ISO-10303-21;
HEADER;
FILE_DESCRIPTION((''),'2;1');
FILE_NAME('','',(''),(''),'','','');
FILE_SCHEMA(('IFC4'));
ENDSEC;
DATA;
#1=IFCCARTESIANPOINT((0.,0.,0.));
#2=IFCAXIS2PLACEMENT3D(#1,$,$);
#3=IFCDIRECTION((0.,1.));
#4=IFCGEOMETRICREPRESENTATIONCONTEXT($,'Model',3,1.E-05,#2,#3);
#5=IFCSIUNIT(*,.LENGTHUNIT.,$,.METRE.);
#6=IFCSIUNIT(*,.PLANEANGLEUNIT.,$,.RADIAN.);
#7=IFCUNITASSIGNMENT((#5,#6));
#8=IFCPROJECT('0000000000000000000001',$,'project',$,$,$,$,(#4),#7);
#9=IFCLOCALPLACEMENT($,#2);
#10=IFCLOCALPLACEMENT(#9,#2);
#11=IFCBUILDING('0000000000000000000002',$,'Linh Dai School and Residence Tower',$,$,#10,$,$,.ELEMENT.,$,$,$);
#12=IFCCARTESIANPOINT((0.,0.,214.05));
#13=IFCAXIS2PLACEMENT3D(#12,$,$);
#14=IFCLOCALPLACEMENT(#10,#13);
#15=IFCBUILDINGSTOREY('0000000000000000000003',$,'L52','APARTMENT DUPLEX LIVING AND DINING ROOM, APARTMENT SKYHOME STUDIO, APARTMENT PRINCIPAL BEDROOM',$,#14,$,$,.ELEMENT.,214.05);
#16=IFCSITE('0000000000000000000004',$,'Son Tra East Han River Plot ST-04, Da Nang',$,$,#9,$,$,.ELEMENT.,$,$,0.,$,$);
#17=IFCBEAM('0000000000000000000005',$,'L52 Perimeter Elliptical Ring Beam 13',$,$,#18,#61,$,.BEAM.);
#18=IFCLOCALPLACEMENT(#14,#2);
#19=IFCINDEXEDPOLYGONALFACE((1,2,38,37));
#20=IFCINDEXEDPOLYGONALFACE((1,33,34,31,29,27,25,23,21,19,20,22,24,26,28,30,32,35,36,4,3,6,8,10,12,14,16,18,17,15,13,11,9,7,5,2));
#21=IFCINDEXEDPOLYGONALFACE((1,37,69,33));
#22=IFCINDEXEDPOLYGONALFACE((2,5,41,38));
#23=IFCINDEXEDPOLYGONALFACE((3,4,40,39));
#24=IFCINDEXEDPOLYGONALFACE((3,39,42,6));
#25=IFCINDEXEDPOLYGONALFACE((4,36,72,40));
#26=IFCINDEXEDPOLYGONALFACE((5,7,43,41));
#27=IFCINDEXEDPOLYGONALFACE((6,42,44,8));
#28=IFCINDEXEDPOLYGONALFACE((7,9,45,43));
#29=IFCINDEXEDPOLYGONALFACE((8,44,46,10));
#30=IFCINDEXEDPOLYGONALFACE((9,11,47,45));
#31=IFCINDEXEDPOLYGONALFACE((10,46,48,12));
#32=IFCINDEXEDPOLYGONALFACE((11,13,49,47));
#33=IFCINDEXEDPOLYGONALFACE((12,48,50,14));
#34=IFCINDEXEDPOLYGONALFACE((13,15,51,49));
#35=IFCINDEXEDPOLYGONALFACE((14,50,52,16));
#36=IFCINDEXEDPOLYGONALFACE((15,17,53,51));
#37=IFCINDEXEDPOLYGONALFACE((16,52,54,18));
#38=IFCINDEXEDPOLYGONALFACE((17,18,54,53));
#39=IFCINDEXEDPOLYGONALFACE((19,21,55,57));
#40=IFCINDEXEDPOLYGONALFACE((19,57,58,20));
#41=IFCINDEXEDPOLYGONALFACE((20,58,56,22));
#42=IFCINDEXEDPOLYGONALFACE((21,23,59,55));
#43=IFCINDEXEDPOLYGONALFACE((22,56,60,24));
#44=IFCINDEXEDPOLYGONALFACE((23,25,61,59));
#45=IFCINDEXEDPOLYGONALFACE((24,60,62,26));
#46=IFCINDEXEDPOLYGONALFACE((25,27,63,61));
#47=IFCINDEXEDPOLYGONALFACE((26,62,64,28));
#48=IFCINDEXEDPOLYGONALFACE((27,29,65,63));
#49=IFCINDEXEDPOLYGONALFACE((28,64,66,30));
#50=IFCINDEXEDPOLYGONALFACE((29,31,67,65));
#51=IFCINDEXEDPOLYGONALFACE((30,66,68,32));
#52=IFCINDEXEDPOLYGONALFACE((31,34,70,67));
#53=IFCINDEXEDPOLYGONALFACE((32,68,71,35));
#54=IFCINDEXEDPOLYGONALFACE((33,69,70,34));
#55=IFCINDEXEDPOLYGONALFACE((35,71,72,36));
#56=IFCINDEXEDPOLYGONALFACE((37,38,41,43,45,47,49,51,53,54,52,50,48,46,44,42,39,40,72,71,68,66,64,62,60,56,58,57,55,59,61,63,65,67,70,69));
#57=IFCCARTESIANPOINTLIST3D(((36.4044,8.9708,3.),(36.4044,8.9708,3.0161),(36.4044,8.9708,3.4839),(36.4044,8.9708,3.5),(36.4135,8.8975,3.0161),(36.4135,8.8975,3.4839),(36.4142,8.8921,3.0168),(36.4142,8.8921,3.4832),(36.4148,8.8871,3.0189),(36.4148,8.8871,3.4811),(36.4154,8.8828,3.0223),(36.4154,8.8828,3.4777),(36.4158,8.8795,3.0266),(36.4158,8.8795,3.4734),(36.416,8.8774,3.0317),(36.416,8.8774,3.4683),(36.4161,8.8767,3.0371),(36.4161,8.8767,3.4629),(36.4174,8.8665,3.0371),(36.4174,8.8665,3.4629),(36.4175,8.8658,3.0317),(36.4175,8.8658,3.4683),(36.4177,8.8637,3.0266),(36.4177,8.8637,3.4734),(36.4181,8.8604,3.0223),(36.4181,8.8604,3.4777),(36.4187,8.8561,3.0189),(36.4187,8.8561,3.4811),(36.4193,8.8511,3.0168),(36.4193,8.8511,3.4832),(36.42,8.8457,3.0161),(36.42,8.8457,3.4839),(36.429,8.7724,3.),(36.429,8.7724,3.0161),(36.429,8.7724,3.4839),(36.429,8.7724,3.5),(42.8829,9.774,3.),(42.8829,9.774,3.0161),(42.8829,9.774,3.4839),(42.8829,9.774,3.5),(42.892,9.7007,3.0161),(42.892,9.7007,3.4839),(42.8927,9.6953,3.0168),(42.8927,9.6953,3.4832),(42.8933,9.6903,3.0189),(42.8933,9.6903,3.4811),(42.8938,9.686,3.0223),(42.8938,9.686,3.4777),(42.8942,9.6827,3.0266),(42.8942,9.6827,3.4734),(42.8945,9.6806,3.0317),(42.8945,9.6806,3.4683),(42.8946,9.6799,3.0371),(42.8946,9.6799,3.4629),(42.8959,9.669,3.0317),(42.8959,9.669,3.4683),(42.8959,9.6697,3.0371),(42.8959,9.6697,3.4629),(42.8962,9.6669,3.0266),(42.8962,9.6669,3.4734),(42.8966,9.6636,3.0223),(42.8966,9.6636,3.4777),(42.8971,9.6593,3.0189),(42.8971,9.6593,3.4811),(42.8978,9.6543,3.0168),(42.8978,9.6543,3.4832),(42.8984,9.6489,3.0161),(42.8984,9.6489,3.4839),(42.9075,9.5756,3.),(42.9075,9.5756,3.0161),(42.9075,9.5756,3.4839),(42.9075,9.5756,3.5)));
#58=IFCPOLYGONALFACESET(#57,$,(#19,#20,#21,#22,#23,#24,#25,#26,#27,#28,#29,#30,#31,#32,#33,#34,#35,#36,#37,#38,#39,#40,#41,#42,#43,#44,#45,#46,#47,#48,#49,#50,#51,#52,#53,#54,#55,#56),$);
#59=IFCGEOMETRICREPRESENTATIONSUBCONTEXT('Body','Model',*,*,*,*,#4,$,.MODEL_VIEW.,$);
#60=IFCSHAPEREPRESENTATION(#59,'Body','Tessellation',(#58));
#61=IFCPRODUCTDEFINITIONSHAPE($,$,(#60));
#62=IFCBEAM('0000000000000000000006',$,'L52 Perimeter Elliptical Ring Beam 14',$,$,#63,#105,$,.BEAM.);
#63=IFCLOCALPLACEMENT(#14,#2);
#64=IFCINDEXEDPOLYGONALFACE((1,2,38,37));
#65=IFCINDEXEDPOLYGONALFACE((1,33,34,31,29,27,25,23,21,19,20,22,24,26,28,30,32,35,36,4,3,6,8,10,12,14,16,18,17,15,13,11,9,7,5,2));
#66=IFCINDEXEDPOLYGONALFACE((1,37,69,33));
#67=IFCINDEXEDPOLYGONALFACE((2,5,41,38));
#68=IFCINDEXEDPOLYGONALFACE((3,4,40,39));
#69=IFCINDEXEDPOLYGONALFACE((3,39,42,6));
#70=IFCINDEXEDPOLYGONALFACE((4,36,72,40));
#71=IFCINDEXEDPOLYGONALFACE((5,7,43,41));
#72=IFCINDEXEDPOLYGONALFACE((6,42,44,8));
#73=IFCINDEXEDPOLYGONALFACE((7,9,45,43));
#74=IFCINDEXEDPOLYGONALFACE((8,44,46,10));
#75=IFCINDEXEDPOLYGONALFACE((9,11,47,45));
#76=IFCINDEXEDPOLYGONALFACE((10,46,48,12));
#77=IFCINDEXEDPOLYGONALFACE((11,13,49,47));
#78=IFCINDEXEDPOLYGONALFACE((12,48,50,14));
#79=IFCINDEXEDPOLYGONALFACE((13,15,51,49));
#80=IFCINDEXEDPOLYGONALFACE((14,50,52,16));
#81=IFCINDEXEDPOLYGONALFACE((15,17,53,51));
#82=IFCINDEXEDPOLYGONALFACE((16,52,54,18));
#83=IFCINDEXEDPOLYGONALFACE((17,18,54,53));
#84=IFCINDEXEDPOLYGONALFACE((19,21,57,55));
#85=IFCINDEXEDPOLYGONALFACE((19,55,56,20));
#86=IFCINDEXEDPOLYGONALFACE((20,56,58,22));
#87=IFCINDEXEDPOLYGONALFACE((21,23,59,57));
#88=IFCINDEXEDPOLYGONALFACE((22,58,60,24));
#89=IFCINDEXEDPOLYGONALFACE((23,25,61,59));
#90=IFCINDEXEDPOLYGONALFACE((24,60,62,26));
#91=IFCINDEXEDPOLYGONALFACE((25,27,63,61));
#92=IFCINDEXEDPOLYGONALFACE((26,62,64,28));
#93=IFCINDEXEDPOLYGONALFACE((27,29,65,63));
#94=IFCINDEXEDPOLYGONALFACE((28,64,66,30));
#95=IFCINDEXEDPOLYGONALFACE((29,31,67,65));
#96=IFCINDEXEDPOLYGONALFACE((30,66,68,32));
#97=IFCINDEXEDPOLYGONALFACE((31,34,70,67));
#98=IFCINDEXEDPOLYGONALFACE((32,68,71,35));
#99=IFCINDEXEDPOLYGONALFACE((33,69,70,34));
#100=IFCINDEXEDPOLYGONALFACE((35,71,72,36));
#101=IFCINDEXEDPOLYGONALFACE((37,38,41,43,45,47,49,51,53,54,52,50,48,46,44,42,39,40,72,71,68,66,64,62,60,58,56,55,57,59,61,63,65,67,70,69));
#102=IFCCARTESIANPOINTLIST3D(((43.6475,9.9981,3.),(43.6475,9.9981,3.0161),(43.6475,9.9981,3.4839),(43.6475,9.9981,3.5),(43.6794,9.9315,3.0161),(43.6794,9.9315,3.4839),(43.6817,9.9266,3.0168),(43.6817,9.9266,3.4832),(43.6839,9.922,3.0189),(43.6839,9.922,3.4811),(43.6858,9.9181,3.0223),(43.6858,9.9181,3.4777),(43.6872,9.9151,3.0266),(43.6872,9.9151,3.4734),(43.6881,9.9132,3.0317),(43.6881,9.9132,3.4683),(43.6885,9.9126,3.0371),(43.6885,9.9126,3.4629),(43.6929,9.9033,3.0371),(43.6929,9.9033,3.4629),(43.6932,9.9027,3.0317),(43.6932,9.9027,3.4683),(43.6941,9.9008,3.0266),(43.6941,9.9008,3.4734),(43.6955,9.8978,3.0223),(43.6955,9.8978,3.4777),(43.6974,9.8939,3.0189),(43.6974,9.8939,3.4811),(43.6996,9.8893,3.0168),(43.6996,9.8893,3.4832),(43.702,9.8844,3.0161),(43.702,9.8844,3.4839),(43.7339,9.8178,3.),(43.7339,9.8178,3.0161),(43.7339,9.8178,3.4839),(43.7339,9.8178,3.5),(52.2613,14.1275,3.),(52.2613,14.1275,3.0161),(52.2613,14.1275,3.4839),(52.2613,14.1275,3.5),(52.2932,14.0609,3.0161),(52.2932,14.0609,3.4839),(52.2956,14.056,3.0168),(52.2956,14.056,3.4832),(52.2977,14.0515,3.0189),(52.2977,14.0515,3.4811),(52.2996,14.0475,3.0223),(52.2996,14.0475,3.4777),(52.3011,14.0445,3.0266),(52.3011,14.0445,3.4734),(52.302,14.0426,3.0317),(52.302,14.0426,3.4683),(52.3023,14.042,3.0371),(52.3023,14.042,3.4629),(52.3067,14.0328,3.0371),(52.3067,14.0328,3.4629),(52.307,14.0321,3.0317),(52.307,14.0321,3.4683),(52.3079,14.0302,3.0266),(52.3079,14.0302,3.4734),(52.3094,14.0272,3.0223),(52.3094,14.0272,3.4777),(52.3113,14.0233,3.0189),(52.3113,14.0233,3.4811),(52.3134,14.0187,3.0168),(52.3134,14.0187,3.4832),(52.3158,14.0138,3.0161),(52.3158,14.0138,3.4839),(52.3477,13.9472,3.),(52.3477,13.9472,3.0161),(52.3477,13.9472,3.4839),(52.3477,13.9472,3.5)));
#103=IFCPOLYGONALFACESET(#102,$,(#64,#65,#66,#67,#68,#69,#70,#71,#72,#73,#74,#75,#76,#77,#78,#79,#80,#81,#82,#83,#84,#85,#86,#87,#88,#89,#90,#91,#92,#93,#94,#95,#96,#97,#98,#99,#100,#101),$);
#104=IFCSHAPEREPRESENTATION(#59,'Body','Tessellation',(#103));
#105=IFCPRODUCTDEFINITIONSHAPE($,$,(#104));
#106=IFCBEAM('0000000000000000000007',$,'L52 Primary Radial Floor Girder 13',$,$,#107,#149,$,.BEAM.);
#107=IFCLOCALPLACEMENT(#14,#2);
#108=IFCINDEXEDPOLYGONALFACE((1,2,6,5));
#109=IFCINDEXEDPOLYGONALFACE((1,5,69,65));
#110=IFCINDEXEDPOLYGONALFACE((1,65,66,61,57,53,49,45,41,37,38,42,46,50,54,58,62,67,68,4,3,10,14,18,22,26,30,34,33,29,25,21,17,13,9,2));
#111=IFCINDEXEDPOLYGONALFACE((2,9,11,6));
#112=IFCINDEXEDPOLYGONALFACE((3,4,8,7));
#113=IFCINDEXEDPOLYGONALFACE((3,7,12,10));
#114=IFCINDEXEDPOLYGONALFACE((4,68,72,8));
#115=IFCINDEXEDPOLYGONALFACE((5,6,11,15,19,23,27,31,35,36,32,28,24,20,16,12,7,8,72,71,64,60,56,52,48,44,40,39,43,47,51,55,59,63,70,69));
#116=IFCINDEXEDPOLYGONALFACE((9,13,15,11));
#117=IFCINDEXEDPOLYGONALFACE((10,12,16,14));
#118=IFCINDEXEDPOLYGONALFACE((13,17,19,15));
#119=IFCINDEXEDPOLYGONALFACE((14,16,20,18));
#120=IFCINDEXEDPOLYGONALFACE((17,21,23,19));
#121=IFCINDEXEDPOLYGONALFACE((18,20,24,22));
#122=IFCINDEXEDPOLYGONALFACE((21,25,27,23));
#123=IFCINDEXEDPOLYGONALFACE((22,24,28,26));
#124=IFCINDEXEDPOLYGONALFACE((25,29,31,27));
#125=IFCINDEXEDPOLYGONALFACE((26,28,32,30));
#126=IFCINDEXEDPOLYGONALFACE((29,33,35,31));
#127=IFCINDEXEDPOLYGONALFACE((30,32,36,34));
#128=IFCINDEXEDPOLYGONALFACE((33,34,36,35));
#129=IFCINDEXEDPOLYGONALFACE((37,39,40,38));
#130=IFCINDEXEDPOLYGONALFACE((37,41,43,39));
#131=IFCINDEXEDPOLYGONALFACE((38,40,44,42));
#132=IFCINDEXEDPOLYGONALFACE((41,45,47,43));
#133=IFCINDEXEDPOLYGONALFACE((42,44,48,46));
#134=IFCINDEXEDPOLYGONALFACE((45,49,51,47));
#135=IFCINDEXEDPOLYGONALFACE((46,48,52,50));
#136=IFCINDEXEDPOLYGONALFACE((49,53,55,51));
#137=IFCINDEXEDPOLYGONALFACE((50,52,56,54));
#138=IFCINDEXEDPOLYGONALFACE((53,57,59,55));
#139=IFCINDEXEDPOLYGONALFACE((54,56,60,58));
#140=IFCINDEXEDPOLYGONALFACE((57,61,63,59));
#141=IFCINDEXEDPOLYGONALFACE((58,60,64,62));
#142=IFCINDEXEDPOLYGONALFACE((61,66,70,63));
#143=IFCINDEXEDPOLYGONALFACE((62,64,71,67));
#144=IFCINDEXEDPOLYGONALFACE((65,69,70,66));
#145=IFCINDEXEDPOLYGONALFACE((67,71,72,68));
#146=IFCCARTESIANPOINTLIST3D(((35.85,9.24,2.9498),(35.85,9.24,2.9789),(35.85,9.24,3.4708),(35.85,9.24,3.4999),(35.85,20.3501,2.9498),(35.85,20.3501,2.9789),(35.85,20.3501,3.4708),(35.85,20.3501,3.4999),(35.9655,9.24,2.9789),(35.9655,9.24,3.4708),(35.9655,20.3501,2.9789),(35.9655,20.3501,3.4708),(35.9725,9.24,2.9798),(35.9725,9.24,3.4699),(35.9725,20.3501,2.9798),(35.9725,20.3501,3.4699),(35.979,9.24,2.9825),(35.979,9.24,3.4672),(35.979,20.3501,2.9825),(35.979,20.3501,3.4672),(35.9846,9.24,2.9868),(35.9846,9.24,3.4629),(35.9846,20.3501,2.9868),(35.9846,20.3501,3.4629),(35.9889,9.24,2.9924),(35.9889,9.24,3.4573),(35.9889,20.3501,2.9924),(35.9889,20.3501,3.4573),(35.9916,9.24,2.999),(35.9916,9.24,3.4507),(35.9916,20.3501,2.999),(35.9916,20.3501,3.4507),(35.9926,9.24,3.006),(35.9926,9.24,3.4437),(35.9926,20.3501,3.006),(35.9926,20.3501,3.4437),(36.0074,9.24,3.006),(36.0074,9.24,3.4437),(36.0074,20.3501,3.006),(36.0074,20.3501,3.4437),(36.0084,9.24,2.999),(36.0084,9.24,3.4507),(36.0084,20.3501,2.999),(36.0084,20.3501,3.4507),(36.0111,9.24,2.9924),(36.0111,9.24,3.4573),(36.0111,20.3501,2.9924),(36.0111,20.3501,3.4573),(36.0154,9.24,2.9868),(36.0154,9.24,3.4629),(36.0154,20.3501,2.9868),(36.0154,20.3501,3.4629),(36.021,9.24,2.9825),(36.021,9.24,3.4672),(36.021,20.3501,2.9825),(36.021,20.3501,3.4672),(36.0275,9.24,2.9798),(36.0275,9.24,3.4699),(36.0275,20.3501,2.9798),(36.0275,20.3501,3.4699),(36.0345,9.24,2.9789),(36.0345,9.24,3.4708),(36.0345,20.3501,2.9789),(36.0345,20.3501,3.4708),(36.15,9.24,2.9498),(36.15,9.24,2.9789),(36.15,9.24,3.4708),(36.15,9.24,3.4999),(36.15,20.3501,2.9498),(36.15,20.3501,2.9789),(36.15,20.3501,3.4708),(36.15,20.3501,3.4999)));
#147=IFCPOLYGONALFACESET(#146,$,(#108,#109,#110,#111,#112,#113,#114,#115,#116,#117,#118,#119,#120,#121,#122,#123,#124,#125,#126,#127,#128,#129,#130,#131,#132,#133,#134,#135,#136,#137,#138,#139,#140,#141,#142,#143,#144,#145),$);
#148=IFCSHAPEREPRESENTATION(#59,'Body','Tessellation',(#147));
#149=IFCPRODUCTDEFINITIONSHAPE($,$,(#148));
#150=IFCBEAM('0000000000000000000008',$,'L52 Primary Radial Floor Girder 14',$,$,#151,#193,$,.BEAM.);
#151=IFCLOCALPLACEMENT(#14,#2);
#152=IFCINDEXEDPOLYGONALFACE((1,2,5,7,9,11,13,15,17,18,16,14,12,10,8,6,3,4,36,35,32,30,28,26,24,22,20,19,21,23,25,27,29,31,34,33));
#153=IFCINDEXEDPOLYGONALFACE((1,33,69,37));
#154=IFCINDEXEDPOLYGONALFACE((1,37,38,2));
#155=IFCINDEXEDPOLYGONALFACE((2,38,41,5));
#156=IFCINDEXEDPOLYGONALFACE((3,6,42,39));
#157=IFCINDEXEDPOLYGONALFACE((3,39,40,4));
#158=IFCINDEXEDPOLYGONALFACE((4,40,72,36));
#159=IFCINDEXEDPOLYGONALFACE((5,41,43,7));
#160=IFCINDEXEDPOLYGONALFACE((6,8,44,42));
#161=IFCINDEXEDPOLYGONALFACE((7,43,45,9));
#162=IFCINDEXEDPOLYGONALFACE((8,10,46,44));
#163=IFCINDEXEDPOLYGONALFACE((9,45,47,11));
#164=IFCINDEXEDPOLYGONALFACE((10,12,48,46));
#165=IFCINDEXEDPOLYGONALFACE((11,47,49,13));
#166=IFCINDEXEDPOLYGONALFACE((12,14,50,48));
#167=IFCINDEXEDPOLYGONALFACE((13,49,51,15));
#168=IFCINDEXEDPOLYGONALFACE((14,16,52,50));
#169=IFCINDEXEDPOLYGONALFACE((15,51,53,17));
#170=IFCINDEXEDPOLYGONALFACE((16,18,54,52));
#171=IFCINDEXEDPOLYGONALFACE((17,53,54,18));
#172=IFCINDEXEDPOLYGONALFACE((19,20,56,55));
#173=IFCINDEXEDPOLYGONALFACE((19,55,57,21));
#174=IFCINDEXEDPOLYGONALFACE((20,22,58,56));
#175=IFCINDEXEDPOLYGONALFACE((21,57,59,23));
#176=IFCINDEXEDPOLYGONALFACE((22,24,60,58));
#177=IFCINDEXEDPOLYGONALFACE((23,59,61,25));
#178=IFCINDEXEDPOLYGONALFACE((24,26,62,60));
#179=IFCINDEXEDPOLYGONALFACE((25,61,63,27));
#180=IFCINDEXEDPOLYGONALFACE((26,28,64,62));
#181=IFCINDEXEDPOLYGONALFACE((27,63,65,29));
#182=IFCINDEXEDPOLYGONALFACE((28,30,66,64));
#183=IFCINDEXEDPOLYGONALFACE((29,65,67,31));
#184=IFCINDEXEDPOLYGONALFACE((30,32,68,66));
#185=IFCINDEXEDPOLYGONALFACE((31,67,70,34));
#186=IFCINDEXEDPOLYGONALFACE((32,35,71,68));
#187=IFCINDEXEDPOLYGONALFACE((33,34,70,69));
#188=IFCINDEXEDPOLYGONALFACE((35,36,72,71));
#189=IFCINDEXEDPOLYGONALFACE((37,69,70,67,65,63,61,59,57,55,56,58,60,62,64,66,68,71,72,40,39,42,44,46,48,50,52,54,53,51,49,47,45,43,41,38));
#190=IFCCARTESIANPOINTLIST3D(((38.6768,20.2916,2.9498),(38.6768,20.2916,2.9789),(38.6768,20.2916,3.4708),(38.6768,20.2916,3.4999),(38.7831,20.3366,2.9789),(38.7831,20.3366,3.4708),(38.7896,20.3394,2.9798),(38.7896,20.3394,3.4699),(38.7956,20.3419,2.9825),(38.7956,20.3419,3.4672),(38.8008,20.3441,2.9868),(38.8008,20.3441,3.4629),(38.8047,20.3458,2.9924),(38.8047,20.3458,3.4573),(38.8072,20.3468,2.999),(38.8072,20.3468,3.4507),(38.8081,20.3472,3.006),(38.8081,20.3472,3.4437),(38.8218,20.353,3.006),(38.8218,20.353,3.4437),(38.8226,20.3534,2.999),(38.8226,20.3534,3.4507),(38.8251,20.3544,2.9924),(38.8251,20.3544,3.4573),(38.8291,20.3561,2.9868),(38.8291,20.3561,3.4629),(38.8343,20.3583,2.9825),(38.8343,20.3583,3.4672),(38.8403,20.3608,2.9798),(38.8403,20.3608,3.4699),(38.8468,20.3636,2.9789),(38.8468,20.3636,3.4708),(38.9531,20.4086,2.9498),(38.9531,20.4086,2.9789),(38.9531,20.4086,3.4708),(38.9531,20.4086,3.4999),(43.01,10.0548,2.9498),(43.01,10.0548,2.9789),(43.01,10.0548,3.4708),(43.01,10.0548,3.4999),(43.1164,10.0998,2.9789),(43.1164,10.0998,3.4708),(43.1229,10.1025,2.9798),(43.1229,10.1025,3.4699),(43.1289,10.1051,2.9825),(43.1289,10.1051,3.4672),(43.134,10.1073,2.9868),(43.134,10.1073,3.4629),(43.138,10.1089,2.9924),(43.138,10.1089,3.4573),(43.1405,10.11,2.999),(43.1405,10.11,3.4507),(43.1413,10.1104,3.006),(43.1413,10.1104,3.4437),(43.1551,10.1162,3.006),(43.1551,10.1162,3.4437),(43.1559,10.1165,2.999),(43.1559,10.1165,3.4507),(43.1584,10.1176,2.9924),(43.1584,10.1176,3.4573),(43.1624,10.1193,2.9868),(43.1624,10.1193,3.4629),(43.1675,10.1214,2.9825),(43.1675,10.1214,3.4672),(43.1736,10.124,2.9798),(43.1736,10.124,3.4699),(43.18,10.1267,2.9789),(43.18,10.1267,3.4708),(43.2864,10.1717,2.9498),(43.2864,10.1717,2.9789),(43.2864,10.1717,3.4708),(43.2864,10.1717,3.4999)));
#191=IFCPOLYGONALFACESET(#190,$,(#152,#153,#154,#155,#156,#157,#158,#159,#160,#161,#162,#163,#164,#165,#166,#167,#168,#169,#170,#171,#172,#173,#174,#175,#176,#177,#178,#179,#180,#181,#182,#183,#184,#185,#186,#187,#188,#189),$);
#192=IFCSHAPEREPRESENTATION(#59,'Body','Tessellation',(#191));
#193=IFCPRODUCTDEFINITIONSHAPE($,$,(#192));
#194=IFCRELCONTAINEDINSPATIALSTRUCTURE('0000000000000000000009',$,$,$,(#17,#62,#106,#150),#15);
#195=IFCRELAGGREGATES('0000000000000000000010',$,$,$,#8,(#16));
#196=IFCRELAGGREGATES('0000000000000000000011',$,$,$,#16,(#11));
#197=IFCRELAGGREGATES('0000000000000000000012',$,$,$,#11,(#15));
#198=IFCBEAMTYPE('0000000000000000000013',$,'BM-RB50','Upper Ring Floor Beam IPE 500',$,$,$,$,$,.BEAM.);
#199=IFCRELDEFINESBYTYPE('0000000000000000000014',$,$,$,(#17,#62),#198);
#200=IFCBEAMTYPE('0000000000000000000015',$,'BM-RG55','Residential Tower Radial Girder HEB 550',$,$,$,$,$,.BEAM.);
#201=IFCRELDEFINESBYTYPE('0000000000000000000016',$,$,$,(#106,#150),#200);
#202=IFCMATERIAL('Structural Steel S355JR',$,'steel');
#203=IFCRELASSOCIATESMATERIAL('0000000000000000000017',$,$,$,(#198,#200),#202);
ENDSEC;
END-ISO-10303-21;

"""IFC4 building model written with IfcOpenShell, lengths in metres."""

from ifc_helpers import new_model, si_unit, direction, frame, origin, origin_2d, place, context, subcontext, project, spatial, i_section, extrude, material, material_profile, profile_set, type_object, element, save


model = new_model("IFC4")

# Units and contexts
model_context = context("Model", 3, precision=1e-05, world=origin(), true_north=direction((0.0, 1.0)))
body_context = subcontext(model_context, "Body", "Model", "MODEL_VIEW")
ifc_project = project(units=[si_unit("LENGTHUNIT", "METRE"), si_unit("PLANEANGLEUNIT", "RADIAN")], contexts=[model_context])

# Site, building, storey
site_placement = place(None, origin())
site = spatial("IfcSite", under=ifc_project, at=site_placement, Name="Son Tra East Han River Plot ST-04, Da Nang", CompositionType="ELEMENT", RefElevation=0.0)
building_placement = place(site_placement, origin())
building = spatial("IfcBuilding", under=site, at=building_placement, Name="Linh Dai School and Residence Tower", CompositionType="ELEMENT")
storey_placement = place(building_placement, frame((0.0, 0.0, 214.05)))
storey = spatial("IfcBuildingStorey", under=building, at=storey_placement, Name="L52", Description="APARTMENT DUPLEX LIVING AND DINING ROOM, APARTMENT SKYHOME STUDIO, APARTMENT PRINCIPAL BEDROOM", CompositionType="ELEMENT", Elevation=214.05)

# Shared definitions
ifc_material_1 = material(Name="Structural Steel S355JR", Category="steel")

# Beams
ifc_material_profile_1 = material_profile(ifc_material_1, i_section(OverallWidth=0.2, OverallDepth=0.5, WebThickness=0.0103, FlangeThickness=0.0161, FilletRadius=0.021, at=origin_2d()), Name="IPE 500")
ifc_profile_set_1 = profile_set([ifc_material_profile_1], Name="Structural Steel S355JR")
beam_type_1 = type_object("IfcBeamType", Name="BM-RB50", Description="Upper Ring Floor Beam IPE 500", PredefinedType="BEAM", material=ifc_profile_set_1)
beam_1_placement = place(storey_placement, frame((36.4167, 8.8716, 3.25), z_axis=(0.992402, 0.12304, 0.0), x_axis=(-0.12304, 0.992402, 0.0)))
element("IfcBeam", 1, at=beam_1_placement, inside=storey, type_object=beam_type_1, Name="L52 Perimeter Elliptical Ring Beam 13", PredefinedType="BEAM", context=body_context, shape_type="SweptSolid", body=[
    extrude(i_section(OverallWidth=0.2, OverallDepth=0.5, WebThickness=0.0103, FlangeThickness=0.0161, FilletRadius=0.021, at=origin_2d()), origin(), (0.0, 0.0, 1.0), 6.5281),
])
beam_2_placement = place(storey_placement, frame((43.6907, 9.908, 3.25), z_axis=(0.901736, 0.432287, 0.0), x_axis=(-0.432287, 0.901736, 0.0)))
element("IfcBeam", 2, at=beam_2_placement, inside=storey, type_object=beam_type_1, Name="L52 Perimeter Elliptical Ring Beam 14", PredefinedType="BEAM", context=body_context, shape_type="SweptSolid", body=[
    extrude(i_section(OverallWidth=0.2, OverallDepth=0.5, WebThickness=0.0103, FlangeThickness=0.0161, FilletRadius=0.021, at=origin_2d()), origin(), (0.0, 0.0, 1.0), 9.5525),
])
ifc_material_profile_2 = material_profile(ifc_material_1, i_section(OverallWidth=0.3, OverallDepth=0.55, WebThickness=0.0149, FlangeThickness=0.0291, FilletRadius=0.0271, at=origin_2d()), Name="HEB 550")
ifc_profile_set_2 = profile_set([ifc_material_profile_2], Name="Structural Steel S355JR")
beam_type_2 = type_object("IfcBeamType", Name="BM-RG55", Description="Residential Tower Radial Girder HEB 550", PredefinedType="BEAM", material=ifc_profile_set_2)
beam_3_placement = place(storey_placement, frame((36.0, 20.3501, 3.2249), z_axis=(0.0, -1.0, 0.0), x_axis=(1.0, 0.0, 0.0)))
element("IfcBeam", 3, at=beam_3_placement, inside=storey, type_object=beam_type_2, Name="L52 Primary Radial Floor Girder 13", PredefinedType="BEAM", context=body_context, shape_type="SweptSolid", body=[
    extrude(i_section(OverallWidth=0.3, OverallDepth=0.55, WebThickness=0.0149, FlangeThickness=0.0291, FilletRadius=0.0271, at=origin_2d()), origin(), (0.0, 0.0, 1.0), 11.1101),
])
beam_4_placement = place(storey_placement, frame((38.8149, 20.3501, 3.2249), z_axis=(0.389815, -0.920893, 0.0), x_axis=(0.920893, 0.389815, 0.0)))
element("IfcBeam", 4, at=beam_4_placement, inside=storey, type_object=beam_type_2, Name="L52 Primary Radial Floor Girder 14", PredefinedType="BEAM", context=body_context, shape_type="SweptSolid", body=[
    extrude(i_section(OverallWidth=0.3, OverallDepth=0.55, WebThickness=0.0149, FlangeThickness=0.0291, FilletRadius=0.0271, at=origin_2d()), origin(), (0.0, 0.0, 1.0), 11.1162),
])

save(model, "model.ifc")
